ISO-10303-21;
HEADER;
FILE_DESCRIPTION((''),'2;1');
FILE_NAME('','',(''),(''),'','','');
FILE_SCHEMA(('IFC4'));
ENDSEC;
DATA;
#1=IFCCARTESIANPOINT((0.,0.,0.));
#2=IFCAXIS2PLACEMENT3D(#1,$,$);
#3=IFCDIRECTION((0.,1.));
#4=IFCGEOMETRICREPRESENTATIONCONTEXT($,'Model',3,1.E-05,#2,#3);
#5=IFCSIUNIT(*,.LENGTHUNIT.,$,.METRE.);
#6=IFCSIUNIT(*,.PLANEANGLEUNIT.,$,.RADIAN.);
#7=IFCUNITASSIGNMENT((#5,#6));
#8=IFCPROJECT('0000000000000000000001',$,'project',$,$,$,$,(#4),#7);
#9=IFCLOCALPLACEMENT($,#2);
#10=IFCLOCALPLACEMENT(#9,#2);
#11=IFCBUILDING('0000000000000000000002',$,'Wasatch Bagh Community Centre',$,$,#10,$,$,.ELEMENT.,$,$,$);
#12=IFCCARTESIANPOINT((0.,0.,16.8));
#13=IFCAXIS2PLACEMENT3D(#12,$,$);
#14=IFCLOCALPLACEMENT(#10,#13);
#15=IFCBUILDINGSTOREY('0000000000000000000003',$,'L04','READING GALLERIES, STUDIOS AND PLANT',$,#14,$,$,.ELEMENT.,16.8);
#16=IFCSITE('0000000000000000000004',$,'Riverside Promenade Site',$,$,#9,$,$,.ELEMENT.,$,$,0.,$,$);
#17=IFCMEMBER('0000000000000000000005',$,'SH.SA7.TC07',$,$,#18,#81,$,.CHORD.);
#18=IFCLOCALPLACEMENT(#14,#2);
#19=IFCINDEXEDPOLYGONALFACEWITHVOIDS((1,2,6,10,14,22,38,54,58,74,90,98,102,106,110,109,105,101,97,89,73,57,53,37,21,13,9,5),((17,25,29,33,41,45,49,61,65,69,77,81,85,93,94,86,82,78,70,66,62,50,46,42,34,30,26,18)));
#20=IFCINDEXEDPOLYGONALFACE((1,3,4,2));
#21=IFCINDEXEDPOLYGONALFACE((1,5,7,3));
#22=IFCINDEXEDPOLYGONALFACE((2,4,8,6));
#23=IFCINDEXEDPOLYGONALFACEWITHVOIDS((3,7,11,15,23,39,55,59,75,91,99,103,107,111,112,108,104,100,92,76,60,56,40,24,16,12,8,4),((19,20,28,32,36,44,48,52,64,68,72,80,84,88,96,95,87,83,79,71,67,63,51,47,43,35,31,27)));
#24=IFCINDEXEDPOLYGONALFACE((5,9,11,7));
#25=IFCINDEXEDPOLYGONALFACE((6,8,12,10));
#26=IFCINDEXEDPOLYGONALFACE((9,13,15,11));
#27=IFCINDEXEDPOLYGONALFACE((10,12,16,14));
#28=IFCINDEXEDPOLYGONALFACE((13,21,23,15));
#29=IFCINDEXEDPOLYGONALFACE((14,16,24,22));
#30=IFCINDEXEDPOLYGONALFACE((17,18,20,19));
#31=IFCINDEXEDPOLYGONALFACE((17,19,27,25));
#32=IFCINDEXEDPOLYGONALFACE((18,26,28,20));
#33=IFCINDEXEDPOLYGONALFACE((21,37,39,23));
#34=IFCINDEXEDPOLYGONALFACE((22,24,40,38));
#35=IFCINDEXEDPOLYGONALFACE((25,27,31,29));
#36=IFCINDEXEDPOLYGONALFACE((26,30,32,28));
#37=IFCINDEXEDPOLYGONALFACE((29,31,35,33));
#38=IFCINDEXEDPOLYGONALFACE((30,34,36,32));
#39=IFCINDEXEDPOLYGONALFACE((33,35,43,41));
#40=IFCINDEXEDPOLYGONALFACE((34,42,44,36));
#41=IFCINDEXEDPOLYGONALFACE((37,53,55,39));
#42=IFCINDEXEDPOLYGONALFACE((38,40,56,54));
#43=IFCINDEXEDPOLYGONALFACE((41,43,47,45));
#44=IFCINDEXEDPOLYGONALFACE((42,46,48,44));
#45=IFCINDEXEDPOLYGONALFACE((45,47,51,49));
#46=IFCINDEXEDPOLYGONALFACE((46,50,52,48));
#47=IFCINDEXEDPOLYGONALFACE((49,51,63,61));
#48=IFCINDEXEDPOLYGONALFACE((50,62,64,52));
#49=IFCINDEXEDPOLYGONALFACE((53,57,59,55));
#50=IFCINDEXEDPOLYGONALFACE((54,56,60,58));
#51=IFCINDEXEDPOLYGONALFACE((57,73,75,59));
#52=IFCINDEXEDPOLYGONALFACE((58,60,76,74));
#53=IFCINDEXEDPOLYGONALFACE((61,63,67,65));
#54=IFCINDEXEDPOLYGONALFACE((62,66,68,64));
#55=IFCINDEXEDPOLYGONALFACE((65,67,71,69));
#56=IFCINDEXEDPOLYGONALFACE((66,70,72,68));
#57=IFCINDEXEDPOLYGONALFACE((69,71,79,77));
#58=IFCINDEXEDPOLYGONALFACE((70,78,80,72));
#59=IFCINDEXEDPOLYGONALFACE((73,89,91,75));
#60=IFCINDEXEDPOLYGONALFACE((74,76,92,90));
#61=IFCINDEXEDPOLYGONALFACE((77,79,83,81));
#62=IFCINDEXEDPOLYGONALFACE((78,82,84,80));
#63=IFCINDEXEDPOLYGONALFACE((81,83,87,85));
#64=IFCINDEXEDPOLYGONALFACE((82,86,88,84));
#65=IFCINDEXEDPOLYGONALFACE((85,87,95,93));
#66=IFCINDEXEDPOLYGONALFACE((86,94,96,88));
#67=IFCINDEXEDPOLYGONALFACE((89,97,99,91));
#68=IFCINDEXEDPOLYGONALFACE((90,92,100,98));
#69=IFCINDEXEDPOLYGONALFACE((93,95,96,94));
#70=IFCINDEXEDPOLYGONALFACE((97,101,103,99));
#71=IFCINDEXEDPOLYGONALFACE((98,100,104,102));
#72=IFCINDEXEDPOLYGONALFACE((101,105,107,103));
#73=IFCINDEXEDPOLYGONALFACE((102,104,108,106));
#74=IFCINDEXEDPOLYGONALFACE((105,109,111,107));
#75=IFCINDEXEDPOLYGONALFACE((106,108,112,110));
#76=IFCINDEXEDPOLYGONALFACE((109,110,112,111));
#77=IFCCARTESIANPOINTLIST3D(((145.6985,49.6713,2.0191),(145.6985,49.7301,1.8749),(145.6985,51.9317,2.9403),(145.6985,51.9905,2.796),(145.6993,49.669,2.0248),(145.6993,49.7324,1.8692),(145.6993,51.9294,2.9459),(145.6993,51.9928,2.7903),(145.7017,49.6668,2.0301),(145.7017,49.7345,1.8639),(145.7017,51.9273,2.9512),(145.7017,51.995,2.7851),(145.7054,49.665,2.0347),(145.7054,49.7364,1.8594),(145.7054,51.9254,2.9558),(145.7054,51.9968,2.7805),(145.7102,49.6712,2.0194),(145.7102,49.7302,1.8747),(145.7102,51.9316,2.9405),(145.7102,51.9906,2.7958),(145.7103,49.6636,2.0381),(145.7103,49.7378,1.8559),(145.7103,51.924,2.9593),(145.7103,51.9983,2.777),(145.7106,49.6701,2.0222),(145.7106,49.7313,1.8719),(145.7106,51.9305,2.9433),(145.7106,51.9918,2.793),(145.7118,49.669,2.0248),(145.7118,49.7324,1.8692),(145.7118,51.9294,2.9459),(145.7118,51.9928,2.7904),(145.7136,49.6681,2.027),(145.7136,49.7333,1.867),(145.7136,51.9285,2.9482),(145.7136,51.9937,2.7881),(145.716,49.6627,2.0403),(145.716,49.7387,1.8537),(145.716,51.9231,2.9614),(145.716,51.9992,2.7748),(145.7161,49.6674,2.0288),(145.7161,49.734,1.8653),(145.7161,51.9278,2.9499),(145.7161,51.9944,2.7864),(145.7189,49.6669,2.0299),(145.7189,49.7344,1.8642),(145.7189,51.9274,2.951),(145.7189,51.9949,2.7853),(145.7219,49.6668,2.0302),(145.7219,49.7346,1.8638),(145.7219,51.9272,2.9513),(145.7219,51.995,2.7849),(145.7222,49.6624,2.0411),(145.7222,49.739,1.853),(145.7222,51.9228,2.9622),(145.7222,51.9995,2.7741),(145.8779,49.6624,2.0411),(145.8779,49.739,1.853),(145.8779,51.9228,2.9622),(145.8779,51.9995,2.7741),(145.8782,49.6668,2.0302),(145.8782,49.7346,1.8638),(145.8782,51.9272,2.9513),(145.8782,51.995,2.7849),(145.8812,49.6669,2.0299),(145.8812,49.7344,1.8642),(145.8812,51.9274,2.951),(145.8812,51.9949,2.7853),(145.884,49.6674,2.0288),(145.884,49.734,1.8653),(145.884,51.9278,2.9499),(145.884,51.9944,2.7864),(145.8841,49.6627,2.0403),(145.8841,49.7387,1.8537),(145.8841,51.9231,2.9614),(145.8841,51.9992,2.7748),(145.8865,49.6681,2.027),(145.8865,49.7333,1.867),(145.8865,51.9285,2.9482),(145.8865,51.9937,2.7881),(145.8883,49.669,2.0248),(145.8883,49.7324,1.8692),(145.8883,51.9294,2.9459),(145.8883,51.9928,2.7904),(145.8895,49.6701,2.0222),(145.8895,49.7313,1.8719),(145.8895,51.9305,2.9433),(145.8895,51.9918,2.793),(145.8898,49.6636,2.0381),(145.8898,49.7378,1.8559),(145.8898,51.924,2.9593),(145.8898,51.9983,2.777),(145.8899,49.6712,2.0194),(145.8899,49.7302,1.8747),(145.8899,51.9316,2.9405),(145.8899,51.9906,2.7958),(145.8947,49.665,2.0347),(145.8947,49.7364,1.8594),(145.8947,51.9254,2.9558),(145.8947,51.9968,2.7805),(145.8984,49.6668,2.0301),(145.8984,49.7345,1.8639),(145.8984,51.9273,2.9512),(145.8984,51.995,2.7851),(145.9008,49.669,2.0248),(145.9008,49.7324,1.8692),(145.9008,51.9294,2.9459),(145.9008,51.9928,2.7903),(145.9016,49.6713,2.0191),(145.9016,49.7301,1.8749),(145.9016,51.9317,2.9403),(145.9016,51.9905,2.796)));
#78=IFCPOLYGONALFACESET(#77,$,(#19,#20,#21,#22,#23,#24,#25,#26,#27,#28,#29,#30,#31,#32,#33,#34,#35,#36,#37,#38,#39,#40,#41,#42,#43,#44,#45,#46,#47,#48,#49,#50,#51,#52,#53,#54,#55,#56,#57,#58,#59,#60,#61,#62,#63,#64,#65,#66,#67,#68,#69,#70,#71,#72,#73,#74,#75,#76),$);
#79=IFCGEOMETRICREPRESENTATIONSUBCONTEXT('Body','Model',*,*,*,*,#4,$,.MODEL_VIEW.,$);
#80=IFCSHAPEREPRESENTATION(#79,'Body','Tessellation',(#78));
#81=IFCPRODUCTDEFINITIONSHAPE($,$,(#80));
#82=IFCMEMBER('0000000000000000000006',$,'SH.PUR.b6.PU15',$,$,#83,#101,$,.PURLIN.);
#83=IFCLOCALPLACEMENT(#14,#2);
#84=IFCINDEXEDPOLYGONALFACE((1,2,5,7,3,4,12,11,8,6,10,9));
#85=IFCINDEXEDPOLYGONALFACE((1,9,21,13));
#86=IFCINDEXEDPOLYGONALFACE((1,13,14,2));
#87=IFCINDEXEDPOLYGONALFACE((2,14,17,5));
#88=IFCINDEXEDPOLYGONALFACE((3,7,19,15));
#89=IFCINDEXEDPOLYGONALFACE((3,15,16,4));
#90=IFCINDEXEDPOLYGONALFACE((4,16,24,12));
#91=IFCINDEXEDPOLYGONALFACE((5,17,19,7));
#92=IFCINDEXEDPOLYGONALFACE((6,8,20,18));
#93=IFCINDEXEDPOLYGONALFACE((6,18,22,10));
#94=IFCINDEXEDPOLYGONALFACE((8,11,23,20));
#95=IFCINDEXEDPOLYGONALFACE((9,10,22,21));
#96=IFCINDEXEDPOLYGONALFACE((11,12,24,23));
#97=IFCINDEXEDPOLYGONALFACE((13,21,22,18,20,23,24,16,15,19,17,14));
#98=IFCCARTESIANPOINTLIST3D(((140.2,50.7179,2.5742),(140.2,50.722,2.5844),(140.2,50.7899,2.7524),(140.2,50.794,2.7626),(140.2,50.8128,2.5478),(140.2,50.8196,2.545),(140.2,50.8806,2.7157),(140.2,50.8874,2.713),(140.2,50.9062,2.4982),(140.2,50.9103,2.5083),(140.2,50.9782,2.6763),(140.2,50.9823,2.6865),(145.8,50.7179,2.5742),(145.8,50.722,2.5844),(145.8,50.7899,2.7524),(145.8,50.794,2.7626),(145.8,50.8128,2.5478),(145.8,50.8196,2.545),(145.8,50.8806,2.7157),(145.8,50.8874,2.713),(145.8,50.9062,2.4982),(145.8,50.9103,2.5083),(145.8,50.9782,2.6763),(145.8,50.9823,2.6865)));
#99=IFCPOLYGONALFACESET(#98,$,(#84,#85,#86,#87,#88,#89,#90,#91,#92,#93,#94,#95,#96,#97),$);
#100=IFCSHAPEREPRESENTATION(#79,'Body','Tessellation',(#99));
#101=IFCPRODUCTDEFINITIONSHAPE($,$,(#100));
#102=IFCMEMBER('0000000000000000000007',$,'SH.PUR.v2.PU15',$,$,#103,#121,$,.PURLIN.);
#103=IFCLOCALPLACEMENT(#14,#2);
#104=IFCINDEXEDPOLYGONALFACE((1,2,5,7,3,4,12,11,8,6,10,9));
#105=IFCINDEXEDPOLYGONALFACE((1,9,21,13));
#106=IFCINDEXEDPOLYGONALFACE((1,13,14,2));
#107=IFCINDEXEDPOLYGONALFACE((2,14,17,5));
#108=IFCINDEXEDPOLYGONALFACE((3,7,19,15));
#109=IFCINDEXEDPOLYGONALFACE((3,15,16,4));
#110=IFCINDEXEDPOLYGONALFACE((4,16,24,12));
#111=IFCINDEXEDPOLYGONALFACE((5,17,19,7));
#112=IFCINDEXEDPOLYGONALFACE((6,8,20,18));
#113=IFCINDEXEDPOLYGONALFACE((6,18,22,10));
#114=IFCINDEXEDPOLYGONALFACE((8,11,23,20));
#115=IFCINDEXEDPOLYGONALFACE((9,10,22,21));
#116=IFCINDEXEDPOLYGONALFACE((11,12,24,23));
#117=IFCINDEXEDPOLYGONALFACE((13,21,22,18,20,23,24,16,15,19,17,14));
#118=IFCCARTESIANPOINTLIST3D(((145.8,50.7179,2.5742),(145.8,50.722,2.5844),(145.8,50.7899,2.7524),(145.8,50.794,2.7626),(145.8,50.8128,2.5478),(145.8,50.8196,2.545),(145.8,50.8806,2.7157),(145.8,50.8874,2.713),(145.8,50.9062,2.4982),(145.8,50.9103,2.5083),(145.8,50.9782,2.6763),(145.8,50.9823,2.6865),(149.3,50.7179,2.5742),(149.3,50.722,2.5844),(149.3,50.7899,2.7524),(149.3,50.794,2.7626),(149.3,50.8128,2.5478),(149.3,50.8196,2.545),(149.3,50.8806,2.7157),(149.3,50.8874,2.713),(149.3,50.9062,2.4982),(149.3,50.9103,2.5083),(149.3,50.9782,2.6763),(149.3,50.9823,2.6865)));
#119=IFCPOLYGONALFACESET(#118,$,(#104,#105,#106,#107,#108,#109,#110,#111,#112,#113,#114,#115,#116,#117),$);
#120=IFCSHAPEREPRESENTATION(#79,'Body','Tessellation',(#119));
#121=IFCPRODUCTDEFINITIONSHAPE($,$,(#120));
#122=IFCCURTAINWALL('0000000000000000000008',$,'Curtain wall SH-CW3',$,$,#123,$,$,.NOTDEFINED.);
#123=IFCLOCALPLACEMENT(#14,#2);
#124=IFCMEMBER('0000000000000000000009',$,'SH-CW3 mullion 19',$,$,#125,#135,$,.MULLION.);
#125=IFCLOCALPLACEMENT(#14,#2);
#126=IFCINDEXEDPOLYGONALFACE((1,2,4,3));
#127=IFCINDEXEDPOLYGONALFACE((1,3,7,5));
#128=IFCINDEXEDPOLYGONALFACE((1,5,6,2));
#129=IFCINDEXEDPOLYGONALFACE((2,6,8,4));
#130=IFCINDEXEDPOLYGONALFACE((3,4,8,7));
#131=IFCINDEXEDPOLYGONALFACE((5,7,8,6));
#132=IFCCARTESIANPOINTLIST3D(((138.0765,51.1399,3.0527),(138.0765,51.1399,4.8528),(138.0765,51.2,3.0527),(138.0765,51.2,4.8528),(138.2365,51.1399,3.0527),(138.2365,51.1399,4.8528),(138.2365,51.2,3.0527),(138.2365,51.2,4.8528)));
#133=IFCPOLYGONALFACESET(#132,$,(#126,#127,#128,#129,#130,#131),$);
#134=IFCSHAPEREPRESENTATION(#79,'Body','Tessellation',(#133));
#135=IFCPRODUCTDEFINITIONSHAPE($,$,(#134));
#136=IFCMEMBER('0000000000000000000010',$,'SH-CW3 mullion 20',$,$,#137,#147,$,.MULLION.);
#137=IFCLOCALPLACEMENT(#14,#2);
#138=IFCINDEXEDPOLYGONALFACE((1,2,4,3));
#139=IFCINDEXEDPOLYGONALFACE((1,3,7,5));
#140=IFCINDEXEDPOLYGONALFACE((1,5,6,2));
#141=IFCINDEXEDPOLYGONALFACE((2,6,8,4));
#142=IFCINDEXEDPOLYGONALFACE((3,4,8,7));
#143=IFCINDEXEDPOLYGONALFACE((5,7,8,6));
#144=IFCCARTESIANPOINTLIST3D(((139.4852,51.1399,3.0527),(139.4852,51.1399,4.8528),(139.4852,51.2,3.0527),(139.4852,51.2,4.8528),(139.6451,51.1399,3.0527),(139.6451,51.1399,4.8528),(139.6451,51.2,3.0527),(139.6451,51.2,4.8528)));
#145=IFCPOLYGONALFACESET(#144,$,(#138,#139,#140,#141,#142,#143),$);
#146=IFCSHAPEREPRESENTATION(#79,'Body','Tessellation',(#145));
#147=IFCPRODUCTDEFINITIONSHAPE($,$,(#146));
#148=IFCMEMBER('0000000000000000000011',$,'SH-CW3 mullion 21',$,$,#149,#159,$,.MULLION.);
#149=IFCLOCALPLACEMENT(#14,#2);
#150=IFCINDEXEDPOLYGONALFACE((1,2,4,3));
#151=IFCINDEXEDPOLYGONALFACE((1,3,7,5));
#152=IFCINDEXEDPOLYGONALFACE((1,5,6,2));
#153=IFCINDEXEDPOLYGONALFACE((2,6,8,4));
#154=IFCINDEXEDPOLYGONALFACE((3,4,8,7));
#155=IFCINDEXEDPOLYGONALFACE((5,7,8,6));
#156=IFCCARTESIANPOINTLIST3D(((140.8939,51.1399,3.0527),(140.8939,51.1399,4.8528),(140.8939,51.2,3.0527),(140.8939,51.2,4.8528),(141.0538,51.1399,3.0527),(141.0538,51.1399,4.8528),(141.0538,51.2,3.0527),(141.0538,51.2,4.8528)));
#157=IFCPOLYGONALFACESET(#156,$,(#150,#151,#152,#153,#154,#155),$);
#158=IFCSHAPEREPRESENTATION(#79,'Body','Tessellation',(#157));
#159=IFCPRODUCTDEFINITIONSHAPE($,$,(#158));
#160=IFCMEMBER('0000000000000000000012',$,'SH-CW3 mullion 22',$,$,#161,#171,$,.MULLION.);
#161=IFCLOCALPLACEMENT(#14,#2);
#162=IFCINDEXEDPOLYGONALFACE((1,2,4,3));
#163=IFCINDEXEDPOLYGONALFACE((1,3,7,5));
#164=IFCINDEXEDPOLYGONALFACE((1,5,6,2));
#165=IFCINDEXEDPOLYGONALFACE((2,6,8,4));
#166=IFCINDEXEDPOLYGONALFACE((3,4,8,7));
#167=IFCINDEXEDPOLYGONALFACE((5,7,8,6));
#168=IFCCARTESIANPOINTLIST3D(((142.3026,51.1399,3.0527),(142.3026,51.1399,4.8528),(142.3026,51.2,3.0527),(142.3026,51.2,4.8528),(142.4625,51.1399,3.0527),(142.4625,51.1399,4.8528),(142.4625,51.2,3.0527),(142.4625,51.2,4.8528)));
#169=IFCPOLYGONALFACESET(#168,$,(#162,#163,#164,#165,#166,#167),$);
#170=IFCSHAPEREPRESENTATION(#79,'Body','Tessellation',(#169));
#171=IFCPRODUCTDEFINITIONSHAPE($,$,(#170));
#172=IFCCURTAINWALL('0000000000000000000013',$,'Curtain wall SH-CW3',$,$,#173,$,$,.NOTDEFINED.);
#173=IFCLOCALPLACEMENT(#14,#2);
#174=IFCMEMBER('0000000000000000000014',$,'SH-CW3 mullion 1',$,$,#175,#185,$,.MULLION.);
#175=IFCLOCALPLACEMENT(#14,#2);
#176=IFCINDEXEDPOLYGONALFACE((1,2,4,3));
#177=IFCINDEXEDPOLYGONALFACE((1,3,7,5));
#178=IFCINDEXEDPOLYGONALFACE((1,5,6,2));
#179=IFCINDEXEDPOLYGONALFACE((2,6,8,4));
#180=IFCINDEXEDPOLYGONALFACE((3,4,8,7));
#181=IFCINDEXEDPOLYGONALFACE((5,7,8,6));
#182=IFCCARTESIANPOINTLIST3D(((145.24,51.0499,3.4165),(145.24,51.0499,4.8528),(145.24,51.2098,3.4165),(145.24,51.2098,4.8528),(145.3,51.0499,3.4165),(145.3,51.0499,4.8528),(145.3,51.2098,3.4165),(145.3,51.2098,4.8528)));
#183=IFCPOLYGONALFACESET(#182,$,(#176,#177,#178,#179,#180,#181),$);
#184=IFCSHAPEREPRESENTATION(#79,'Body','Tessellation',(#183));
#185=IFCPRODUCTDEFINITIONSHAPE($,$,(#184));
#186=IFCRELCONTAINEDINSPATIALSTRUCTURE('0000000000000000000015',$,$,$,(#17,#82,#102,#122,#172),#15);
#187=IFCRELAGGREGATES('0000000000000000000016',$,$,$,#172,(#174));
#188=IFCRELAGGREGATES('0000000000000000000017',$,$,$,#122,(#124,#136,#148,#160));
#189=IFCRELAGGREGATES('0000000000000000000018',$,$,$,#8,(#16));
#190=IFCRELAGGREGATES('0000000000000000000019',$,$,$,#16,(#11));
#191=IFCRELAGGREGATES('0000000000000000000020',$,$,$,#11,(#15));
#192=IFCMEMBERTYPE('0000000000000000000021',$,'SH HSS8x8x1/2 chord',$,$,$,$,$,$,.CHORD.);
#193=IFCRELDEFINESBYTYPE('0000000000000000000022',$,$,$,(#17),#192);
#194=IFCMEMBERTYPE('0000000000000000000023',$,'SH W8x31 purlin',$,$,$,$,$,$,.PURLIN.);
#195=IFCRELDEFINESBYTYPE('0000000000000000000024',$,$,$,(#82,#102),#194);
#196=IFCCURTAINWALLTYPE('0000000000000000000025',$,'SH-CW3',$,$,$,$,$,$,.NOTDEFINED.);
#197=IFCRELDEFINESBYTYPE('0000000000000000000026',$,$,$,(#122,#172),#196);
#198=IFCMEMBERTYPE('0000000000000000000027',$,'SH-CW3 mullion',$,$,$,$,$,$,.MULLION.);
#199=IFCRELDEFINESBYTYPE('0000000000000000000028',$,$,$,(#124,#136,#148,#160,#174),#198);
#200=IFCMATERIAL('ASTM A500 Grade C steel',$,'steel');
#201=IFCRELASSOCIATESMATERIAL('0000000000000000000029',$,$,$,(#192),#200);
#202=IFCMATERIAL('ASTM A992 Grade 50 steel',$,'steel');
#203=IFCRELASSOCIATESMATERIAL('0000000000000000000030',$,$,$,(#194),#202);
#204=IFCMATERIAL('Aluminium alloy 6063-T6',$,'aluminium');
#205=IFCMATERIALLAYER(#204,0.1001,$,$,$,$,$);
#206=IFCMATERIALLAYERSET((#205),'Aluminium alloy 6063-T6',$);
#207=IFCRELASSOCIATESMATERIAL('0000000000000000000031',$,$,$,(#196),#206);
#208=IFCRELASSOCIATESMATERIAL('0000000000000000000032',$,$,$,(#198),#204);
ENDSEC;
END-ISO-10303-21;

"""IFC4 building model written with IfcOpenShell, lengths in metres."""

from ifc_helpers import new_model, si_unit, direction, frame, origin, origin_2d, place, context, subcontext, project, spatial, rectangle, hollow_rectangle, i_section, extrude, material, layer, layer_set, material_profile, profile_set, type_object, element, aggregate, save


model = new_model("IFC4")

# Units and contexts
model_context = context("Model", 3, precision=1e-05, world=origin(), true_north=direction((0.0, 1.0)))
body_context = subcontext(model_context, "Body", "Model", "MODEL_VIEW")
ifc_project = project(units=[si_unit("LENGTHUNIT", "METRE"), si_unit("PLANEANGLEUNIT", "RADIAN")], contexts=[model_context])

# Site, building, storey
site_placement = place(None, origin())
site = spatial("IfcSite", under=ifc_project, at=site_placement, Name="Riverside Promenade Site", CompositionType="ELEMENT", RefElevation=0.0)
building_placement = place(site_placement, origin())
building = spatial("IfcBuilding", under=site, at=building_placement, Name="Wasatch Bagh Community Centre", CompositionType="ELEMENT")
storey_placement = place(building_placement, frame((0.0, 0.0, 16.8)))
storey = spatial("IfcBuildingStorey", under=building, at=storey_placement, Name="L04", Description="READING GALLERIES, STUDIOS AND PLANT", CompositionType="ELEMENT", Elevation=16.8)

# Members
ifc_material_1 = material(Name="ASTM A500 Grade C steel", Category="steel")
ifc_material_profile_1 = material_profile(ifc_material_1, hollow_rectangle(XDim=0.2031, YDim=0.2031, WallThickness=0.0117, InnerFilletRadius=0.0117, OuterFilletRadius=0.0237, at=origin_2d()), Name="HSS8x8x1/2")
ifc_profile_set_1 = profile_set([ifc_material_profile_1], Name="ASTM A500 Grade C steel")
member_type_1 = type_object("IfcMemberType", Name="SH HSS8x8x1/2 chord", PredefinedType="CHORD", material=ifc_profile_set_1)
member_1_placement = place(storey_placement, frame((145.8, 49.7007, 1.947), z_axis=(0.0, 0.926064, 0.377367), x_axis=(-1.0, 0.0, 0.0)))
element("IfcMember", 1, at=member_1_placement, inside=storey, type_object=member_type_1, Name="SH.SA7.TC07", PredefinedType="CHORD", context=body_context, shape_type="SweptSolid", body=[
    extrude(hollow_rectangle(XDim=0.2031, YDim=0.2031, WallThickness=0.0117, InnerFilletRadius=0.0117, OuterFilletRadius=0.0237, at=origin_2d()), origin(), (0.0, 0.0, 1.0), 2.4409),
])
ifc_material_2 = material(Name="ASTM A992 Grade 50 steel", Category="steel")
ifc_material_profile_2 = material_profile(ifc_material_2, i_section(OverallWidth=0.2031, OverallDepth=0.2031, WebThickness=0.0073, FlangeThickness=0.011, at=origin_2d()), Name="W8x31")
ifc_profile_set_2 = profile_set([ifc_material_profile_2], Name="ASTM A992 Grade 50 steel")
member_type_2 = type_object("IfcMemberType", Name="SH W8x31 purlin", PredefinedType="PURLIN", material=ifc_profile_set_2)
member_2_placement = place(storey_placement, frame((140.2, 50.8501, 2.6304), z_axis=(1.0, 0.0, 0.0), x_axis=(0.0, 0.927184, -0.374607)))
element("IfcMember", 2, at=member_2_placement, inside=storey, type_object=member_type_2, Name="SH.PUR.b6.PU15", PredefinedType="PURLIN", context=body_context, shape_type="SweptSolid", body=[
    extrude(i_section(OverallWidth=0.2031, OverallDepth=0.2031, WebThickness=0.0073, FlangeThickness=0.011, at=origin_2d()), origin(), (0.0, 0.0, 1.0), 5.6001),
])
member_3_placement = place(storey_placement, frame((145.8, 50.8501, 2.6304), z_axis=(1.0, 0.0, 0.0), x_axis=(0.0, 0.927184, -0.374607)))
element("IfcMember", 3, at=member_3_placement, inside=storey, type_object=member_type_2, Name="SH.PUR.v2.PU15", PredefinedType="PURLIN", context=body_context, shape_type="SweptSolid", body=[
    extrude(i_section(OverallWidth=0.2031, OverallDepth=0.2031, WebThickness=0.0073, FlangeThickness=0.011, at=origin_2d()), origin(), (0.0, 0.0, 1.0), 3.5),
])

# Curtain wall, members
ifc_material_3 = material(Name="Aluminium alloy 6063-T6", Category="aluminium")
ifc_layer_1 = layer(ifc_material_3, 0.1001)
ifc_layer_set_1 = layer_set([ifc_layer_1], Name="Aluminium alloy 6063-T6")
curtain_wall_type = type_object("IfcCurtainWallType", Name="SH-CW3", PredefinedType="NOTDEFINED", material=ifc_layer_set_1)
curtain_wall_1_placement = place(storey_placement, origin())
curtain_wall_1 = element("IfcCurtainWall", 4, at=curtain_wall_1_placement, inside=storey, type_object=curtain_wall_type, Name="Curtain wall SH-CW3", PredefinedType="NOTDEFINED")
ifc_material_profile_3 = material_profile(ifc_material_3, rectangle(XDim=0.0601, YDim=0.1599, at=origin_2d()), Name="AL 60x160")
ifc_profile_set_3 = profile_set([ifc_material_profile_3], Name="Aluminium alloy 6063-T6")
member_type_3 = type_object("IfcMemberType", Name="SH-CW3 mullion", PredefinedType="MULLION", material=ifc_profile_set_3)
member_4_placement = place(storey_placement, frame((138.1565, 51.1699, 3.0527), z_axis=(0.0, 0.0, 1.0), x_axis=(0.0, 1.0, 0.0)))
member_4 = element("IfcMember", 5, at=member_4_placement, type_object=member_type_3, Name="SH-CW3 mullion 19", PredefinedType="MULLION", context=body_context, shape_type="SweptSolid", body=[
    extrude(rectangle(XDim=0.0601, YDim=0.1599, at=origin_2d()), origin(), (0.0, 0.0, 1.0), 1.8),
])
member_5_placement = place(storey_placement, frame((139.5652, 51.1699, 3.0527), z_axis=(0.0, 0.0, 1.0), x_axis=(0.0, 1.0, 0.0)))
member_5 = element("IfcMember", 6, at=member_5_placement, type_object=member_type_3, Name="SH-CW3 mullion 20", PredefinedType="MULLION", context=body_context, shape_type="SweptSolid", body=[
    extrude(rectangle(XDim=0.0601, YDim=0.1599, at=origin_2d()), origin(), (0.0, 0.0, 1.0), 1.8),
])
member_6_placement = place(storey_placement, frame((140.9739, 51.1699, 3.0527), z_axis=(0.0, 0.0, 1.0), x_axis=(0.0, 1.0, 0.0)))
member_6 = element("IfcMember", 7, at=member_6_placement, type_object=member_type_3, Name="SH-CW3 mullion 21", PredefinedType="MULLION", context=body_context, shape_type="SweptSolid", body=[
    extrude(rectangle(XDim=0.0601, YDim=0.1599, at=origin_2d()), origin(), (0.0, 0.0, 1.0), 1.8),
])
member_7_placement = place(storey_placement, frame((142.3826, 51.1699, 3.0527), z_axis=(0.0, 0.0, 1.0), x_axis=(0.0, 1.0, 0.0)))
member_7 = element("IfcMember", 8, at=member_7_placement, type_object=member_type_3, Name="SH-CW3 mullion 22", PredefinedType="MULLION", context=body_context, shape_type="SweptSolid", body=[
    extrude(rectangle(XDim=0.0601, YDim=0.1599, at=origin_2d()), origin(), (0.0, 0.0, 1.0), 1.8),
])

# Curtain wall, member
curtain_wall_2_placement = place(storey_placement, origin())
curtain_wall_2 = element("IfcCurtainWall", 9, at=curtain_wall_2_placement, inside=storey, type_object=curtain_wall_type, Name="Curtain wall SH-CW3", PredefinedType="NOTDEFINED")
member_8_placement = place(storey_placement, frame((145.27, 51.1299, 3.4165), z_axis=(0.0, 0.0, 1.0), x_axis=(-1.0, 0.0, 0.0)))
member_8 = element("IfcMember", 10, at=member_8_placement, type_object=member_type_3, Name="SH-CW3 mullion 1", PredefinedType="MULLION", context=body_context, shape_type="SweptSolid", body=[
    extrude(rectangle(XDim=0.0601, YDim=0.1599, at=origin_2d()), origin(), (0.0, 0.0, 1.0), 1.4363),
])

aggregate(curtain_wall_2, [member_8])

aggregate(curtain_wall_1, [member_4, member_5, member_6, member_7])

save(model, "model.ifc")
